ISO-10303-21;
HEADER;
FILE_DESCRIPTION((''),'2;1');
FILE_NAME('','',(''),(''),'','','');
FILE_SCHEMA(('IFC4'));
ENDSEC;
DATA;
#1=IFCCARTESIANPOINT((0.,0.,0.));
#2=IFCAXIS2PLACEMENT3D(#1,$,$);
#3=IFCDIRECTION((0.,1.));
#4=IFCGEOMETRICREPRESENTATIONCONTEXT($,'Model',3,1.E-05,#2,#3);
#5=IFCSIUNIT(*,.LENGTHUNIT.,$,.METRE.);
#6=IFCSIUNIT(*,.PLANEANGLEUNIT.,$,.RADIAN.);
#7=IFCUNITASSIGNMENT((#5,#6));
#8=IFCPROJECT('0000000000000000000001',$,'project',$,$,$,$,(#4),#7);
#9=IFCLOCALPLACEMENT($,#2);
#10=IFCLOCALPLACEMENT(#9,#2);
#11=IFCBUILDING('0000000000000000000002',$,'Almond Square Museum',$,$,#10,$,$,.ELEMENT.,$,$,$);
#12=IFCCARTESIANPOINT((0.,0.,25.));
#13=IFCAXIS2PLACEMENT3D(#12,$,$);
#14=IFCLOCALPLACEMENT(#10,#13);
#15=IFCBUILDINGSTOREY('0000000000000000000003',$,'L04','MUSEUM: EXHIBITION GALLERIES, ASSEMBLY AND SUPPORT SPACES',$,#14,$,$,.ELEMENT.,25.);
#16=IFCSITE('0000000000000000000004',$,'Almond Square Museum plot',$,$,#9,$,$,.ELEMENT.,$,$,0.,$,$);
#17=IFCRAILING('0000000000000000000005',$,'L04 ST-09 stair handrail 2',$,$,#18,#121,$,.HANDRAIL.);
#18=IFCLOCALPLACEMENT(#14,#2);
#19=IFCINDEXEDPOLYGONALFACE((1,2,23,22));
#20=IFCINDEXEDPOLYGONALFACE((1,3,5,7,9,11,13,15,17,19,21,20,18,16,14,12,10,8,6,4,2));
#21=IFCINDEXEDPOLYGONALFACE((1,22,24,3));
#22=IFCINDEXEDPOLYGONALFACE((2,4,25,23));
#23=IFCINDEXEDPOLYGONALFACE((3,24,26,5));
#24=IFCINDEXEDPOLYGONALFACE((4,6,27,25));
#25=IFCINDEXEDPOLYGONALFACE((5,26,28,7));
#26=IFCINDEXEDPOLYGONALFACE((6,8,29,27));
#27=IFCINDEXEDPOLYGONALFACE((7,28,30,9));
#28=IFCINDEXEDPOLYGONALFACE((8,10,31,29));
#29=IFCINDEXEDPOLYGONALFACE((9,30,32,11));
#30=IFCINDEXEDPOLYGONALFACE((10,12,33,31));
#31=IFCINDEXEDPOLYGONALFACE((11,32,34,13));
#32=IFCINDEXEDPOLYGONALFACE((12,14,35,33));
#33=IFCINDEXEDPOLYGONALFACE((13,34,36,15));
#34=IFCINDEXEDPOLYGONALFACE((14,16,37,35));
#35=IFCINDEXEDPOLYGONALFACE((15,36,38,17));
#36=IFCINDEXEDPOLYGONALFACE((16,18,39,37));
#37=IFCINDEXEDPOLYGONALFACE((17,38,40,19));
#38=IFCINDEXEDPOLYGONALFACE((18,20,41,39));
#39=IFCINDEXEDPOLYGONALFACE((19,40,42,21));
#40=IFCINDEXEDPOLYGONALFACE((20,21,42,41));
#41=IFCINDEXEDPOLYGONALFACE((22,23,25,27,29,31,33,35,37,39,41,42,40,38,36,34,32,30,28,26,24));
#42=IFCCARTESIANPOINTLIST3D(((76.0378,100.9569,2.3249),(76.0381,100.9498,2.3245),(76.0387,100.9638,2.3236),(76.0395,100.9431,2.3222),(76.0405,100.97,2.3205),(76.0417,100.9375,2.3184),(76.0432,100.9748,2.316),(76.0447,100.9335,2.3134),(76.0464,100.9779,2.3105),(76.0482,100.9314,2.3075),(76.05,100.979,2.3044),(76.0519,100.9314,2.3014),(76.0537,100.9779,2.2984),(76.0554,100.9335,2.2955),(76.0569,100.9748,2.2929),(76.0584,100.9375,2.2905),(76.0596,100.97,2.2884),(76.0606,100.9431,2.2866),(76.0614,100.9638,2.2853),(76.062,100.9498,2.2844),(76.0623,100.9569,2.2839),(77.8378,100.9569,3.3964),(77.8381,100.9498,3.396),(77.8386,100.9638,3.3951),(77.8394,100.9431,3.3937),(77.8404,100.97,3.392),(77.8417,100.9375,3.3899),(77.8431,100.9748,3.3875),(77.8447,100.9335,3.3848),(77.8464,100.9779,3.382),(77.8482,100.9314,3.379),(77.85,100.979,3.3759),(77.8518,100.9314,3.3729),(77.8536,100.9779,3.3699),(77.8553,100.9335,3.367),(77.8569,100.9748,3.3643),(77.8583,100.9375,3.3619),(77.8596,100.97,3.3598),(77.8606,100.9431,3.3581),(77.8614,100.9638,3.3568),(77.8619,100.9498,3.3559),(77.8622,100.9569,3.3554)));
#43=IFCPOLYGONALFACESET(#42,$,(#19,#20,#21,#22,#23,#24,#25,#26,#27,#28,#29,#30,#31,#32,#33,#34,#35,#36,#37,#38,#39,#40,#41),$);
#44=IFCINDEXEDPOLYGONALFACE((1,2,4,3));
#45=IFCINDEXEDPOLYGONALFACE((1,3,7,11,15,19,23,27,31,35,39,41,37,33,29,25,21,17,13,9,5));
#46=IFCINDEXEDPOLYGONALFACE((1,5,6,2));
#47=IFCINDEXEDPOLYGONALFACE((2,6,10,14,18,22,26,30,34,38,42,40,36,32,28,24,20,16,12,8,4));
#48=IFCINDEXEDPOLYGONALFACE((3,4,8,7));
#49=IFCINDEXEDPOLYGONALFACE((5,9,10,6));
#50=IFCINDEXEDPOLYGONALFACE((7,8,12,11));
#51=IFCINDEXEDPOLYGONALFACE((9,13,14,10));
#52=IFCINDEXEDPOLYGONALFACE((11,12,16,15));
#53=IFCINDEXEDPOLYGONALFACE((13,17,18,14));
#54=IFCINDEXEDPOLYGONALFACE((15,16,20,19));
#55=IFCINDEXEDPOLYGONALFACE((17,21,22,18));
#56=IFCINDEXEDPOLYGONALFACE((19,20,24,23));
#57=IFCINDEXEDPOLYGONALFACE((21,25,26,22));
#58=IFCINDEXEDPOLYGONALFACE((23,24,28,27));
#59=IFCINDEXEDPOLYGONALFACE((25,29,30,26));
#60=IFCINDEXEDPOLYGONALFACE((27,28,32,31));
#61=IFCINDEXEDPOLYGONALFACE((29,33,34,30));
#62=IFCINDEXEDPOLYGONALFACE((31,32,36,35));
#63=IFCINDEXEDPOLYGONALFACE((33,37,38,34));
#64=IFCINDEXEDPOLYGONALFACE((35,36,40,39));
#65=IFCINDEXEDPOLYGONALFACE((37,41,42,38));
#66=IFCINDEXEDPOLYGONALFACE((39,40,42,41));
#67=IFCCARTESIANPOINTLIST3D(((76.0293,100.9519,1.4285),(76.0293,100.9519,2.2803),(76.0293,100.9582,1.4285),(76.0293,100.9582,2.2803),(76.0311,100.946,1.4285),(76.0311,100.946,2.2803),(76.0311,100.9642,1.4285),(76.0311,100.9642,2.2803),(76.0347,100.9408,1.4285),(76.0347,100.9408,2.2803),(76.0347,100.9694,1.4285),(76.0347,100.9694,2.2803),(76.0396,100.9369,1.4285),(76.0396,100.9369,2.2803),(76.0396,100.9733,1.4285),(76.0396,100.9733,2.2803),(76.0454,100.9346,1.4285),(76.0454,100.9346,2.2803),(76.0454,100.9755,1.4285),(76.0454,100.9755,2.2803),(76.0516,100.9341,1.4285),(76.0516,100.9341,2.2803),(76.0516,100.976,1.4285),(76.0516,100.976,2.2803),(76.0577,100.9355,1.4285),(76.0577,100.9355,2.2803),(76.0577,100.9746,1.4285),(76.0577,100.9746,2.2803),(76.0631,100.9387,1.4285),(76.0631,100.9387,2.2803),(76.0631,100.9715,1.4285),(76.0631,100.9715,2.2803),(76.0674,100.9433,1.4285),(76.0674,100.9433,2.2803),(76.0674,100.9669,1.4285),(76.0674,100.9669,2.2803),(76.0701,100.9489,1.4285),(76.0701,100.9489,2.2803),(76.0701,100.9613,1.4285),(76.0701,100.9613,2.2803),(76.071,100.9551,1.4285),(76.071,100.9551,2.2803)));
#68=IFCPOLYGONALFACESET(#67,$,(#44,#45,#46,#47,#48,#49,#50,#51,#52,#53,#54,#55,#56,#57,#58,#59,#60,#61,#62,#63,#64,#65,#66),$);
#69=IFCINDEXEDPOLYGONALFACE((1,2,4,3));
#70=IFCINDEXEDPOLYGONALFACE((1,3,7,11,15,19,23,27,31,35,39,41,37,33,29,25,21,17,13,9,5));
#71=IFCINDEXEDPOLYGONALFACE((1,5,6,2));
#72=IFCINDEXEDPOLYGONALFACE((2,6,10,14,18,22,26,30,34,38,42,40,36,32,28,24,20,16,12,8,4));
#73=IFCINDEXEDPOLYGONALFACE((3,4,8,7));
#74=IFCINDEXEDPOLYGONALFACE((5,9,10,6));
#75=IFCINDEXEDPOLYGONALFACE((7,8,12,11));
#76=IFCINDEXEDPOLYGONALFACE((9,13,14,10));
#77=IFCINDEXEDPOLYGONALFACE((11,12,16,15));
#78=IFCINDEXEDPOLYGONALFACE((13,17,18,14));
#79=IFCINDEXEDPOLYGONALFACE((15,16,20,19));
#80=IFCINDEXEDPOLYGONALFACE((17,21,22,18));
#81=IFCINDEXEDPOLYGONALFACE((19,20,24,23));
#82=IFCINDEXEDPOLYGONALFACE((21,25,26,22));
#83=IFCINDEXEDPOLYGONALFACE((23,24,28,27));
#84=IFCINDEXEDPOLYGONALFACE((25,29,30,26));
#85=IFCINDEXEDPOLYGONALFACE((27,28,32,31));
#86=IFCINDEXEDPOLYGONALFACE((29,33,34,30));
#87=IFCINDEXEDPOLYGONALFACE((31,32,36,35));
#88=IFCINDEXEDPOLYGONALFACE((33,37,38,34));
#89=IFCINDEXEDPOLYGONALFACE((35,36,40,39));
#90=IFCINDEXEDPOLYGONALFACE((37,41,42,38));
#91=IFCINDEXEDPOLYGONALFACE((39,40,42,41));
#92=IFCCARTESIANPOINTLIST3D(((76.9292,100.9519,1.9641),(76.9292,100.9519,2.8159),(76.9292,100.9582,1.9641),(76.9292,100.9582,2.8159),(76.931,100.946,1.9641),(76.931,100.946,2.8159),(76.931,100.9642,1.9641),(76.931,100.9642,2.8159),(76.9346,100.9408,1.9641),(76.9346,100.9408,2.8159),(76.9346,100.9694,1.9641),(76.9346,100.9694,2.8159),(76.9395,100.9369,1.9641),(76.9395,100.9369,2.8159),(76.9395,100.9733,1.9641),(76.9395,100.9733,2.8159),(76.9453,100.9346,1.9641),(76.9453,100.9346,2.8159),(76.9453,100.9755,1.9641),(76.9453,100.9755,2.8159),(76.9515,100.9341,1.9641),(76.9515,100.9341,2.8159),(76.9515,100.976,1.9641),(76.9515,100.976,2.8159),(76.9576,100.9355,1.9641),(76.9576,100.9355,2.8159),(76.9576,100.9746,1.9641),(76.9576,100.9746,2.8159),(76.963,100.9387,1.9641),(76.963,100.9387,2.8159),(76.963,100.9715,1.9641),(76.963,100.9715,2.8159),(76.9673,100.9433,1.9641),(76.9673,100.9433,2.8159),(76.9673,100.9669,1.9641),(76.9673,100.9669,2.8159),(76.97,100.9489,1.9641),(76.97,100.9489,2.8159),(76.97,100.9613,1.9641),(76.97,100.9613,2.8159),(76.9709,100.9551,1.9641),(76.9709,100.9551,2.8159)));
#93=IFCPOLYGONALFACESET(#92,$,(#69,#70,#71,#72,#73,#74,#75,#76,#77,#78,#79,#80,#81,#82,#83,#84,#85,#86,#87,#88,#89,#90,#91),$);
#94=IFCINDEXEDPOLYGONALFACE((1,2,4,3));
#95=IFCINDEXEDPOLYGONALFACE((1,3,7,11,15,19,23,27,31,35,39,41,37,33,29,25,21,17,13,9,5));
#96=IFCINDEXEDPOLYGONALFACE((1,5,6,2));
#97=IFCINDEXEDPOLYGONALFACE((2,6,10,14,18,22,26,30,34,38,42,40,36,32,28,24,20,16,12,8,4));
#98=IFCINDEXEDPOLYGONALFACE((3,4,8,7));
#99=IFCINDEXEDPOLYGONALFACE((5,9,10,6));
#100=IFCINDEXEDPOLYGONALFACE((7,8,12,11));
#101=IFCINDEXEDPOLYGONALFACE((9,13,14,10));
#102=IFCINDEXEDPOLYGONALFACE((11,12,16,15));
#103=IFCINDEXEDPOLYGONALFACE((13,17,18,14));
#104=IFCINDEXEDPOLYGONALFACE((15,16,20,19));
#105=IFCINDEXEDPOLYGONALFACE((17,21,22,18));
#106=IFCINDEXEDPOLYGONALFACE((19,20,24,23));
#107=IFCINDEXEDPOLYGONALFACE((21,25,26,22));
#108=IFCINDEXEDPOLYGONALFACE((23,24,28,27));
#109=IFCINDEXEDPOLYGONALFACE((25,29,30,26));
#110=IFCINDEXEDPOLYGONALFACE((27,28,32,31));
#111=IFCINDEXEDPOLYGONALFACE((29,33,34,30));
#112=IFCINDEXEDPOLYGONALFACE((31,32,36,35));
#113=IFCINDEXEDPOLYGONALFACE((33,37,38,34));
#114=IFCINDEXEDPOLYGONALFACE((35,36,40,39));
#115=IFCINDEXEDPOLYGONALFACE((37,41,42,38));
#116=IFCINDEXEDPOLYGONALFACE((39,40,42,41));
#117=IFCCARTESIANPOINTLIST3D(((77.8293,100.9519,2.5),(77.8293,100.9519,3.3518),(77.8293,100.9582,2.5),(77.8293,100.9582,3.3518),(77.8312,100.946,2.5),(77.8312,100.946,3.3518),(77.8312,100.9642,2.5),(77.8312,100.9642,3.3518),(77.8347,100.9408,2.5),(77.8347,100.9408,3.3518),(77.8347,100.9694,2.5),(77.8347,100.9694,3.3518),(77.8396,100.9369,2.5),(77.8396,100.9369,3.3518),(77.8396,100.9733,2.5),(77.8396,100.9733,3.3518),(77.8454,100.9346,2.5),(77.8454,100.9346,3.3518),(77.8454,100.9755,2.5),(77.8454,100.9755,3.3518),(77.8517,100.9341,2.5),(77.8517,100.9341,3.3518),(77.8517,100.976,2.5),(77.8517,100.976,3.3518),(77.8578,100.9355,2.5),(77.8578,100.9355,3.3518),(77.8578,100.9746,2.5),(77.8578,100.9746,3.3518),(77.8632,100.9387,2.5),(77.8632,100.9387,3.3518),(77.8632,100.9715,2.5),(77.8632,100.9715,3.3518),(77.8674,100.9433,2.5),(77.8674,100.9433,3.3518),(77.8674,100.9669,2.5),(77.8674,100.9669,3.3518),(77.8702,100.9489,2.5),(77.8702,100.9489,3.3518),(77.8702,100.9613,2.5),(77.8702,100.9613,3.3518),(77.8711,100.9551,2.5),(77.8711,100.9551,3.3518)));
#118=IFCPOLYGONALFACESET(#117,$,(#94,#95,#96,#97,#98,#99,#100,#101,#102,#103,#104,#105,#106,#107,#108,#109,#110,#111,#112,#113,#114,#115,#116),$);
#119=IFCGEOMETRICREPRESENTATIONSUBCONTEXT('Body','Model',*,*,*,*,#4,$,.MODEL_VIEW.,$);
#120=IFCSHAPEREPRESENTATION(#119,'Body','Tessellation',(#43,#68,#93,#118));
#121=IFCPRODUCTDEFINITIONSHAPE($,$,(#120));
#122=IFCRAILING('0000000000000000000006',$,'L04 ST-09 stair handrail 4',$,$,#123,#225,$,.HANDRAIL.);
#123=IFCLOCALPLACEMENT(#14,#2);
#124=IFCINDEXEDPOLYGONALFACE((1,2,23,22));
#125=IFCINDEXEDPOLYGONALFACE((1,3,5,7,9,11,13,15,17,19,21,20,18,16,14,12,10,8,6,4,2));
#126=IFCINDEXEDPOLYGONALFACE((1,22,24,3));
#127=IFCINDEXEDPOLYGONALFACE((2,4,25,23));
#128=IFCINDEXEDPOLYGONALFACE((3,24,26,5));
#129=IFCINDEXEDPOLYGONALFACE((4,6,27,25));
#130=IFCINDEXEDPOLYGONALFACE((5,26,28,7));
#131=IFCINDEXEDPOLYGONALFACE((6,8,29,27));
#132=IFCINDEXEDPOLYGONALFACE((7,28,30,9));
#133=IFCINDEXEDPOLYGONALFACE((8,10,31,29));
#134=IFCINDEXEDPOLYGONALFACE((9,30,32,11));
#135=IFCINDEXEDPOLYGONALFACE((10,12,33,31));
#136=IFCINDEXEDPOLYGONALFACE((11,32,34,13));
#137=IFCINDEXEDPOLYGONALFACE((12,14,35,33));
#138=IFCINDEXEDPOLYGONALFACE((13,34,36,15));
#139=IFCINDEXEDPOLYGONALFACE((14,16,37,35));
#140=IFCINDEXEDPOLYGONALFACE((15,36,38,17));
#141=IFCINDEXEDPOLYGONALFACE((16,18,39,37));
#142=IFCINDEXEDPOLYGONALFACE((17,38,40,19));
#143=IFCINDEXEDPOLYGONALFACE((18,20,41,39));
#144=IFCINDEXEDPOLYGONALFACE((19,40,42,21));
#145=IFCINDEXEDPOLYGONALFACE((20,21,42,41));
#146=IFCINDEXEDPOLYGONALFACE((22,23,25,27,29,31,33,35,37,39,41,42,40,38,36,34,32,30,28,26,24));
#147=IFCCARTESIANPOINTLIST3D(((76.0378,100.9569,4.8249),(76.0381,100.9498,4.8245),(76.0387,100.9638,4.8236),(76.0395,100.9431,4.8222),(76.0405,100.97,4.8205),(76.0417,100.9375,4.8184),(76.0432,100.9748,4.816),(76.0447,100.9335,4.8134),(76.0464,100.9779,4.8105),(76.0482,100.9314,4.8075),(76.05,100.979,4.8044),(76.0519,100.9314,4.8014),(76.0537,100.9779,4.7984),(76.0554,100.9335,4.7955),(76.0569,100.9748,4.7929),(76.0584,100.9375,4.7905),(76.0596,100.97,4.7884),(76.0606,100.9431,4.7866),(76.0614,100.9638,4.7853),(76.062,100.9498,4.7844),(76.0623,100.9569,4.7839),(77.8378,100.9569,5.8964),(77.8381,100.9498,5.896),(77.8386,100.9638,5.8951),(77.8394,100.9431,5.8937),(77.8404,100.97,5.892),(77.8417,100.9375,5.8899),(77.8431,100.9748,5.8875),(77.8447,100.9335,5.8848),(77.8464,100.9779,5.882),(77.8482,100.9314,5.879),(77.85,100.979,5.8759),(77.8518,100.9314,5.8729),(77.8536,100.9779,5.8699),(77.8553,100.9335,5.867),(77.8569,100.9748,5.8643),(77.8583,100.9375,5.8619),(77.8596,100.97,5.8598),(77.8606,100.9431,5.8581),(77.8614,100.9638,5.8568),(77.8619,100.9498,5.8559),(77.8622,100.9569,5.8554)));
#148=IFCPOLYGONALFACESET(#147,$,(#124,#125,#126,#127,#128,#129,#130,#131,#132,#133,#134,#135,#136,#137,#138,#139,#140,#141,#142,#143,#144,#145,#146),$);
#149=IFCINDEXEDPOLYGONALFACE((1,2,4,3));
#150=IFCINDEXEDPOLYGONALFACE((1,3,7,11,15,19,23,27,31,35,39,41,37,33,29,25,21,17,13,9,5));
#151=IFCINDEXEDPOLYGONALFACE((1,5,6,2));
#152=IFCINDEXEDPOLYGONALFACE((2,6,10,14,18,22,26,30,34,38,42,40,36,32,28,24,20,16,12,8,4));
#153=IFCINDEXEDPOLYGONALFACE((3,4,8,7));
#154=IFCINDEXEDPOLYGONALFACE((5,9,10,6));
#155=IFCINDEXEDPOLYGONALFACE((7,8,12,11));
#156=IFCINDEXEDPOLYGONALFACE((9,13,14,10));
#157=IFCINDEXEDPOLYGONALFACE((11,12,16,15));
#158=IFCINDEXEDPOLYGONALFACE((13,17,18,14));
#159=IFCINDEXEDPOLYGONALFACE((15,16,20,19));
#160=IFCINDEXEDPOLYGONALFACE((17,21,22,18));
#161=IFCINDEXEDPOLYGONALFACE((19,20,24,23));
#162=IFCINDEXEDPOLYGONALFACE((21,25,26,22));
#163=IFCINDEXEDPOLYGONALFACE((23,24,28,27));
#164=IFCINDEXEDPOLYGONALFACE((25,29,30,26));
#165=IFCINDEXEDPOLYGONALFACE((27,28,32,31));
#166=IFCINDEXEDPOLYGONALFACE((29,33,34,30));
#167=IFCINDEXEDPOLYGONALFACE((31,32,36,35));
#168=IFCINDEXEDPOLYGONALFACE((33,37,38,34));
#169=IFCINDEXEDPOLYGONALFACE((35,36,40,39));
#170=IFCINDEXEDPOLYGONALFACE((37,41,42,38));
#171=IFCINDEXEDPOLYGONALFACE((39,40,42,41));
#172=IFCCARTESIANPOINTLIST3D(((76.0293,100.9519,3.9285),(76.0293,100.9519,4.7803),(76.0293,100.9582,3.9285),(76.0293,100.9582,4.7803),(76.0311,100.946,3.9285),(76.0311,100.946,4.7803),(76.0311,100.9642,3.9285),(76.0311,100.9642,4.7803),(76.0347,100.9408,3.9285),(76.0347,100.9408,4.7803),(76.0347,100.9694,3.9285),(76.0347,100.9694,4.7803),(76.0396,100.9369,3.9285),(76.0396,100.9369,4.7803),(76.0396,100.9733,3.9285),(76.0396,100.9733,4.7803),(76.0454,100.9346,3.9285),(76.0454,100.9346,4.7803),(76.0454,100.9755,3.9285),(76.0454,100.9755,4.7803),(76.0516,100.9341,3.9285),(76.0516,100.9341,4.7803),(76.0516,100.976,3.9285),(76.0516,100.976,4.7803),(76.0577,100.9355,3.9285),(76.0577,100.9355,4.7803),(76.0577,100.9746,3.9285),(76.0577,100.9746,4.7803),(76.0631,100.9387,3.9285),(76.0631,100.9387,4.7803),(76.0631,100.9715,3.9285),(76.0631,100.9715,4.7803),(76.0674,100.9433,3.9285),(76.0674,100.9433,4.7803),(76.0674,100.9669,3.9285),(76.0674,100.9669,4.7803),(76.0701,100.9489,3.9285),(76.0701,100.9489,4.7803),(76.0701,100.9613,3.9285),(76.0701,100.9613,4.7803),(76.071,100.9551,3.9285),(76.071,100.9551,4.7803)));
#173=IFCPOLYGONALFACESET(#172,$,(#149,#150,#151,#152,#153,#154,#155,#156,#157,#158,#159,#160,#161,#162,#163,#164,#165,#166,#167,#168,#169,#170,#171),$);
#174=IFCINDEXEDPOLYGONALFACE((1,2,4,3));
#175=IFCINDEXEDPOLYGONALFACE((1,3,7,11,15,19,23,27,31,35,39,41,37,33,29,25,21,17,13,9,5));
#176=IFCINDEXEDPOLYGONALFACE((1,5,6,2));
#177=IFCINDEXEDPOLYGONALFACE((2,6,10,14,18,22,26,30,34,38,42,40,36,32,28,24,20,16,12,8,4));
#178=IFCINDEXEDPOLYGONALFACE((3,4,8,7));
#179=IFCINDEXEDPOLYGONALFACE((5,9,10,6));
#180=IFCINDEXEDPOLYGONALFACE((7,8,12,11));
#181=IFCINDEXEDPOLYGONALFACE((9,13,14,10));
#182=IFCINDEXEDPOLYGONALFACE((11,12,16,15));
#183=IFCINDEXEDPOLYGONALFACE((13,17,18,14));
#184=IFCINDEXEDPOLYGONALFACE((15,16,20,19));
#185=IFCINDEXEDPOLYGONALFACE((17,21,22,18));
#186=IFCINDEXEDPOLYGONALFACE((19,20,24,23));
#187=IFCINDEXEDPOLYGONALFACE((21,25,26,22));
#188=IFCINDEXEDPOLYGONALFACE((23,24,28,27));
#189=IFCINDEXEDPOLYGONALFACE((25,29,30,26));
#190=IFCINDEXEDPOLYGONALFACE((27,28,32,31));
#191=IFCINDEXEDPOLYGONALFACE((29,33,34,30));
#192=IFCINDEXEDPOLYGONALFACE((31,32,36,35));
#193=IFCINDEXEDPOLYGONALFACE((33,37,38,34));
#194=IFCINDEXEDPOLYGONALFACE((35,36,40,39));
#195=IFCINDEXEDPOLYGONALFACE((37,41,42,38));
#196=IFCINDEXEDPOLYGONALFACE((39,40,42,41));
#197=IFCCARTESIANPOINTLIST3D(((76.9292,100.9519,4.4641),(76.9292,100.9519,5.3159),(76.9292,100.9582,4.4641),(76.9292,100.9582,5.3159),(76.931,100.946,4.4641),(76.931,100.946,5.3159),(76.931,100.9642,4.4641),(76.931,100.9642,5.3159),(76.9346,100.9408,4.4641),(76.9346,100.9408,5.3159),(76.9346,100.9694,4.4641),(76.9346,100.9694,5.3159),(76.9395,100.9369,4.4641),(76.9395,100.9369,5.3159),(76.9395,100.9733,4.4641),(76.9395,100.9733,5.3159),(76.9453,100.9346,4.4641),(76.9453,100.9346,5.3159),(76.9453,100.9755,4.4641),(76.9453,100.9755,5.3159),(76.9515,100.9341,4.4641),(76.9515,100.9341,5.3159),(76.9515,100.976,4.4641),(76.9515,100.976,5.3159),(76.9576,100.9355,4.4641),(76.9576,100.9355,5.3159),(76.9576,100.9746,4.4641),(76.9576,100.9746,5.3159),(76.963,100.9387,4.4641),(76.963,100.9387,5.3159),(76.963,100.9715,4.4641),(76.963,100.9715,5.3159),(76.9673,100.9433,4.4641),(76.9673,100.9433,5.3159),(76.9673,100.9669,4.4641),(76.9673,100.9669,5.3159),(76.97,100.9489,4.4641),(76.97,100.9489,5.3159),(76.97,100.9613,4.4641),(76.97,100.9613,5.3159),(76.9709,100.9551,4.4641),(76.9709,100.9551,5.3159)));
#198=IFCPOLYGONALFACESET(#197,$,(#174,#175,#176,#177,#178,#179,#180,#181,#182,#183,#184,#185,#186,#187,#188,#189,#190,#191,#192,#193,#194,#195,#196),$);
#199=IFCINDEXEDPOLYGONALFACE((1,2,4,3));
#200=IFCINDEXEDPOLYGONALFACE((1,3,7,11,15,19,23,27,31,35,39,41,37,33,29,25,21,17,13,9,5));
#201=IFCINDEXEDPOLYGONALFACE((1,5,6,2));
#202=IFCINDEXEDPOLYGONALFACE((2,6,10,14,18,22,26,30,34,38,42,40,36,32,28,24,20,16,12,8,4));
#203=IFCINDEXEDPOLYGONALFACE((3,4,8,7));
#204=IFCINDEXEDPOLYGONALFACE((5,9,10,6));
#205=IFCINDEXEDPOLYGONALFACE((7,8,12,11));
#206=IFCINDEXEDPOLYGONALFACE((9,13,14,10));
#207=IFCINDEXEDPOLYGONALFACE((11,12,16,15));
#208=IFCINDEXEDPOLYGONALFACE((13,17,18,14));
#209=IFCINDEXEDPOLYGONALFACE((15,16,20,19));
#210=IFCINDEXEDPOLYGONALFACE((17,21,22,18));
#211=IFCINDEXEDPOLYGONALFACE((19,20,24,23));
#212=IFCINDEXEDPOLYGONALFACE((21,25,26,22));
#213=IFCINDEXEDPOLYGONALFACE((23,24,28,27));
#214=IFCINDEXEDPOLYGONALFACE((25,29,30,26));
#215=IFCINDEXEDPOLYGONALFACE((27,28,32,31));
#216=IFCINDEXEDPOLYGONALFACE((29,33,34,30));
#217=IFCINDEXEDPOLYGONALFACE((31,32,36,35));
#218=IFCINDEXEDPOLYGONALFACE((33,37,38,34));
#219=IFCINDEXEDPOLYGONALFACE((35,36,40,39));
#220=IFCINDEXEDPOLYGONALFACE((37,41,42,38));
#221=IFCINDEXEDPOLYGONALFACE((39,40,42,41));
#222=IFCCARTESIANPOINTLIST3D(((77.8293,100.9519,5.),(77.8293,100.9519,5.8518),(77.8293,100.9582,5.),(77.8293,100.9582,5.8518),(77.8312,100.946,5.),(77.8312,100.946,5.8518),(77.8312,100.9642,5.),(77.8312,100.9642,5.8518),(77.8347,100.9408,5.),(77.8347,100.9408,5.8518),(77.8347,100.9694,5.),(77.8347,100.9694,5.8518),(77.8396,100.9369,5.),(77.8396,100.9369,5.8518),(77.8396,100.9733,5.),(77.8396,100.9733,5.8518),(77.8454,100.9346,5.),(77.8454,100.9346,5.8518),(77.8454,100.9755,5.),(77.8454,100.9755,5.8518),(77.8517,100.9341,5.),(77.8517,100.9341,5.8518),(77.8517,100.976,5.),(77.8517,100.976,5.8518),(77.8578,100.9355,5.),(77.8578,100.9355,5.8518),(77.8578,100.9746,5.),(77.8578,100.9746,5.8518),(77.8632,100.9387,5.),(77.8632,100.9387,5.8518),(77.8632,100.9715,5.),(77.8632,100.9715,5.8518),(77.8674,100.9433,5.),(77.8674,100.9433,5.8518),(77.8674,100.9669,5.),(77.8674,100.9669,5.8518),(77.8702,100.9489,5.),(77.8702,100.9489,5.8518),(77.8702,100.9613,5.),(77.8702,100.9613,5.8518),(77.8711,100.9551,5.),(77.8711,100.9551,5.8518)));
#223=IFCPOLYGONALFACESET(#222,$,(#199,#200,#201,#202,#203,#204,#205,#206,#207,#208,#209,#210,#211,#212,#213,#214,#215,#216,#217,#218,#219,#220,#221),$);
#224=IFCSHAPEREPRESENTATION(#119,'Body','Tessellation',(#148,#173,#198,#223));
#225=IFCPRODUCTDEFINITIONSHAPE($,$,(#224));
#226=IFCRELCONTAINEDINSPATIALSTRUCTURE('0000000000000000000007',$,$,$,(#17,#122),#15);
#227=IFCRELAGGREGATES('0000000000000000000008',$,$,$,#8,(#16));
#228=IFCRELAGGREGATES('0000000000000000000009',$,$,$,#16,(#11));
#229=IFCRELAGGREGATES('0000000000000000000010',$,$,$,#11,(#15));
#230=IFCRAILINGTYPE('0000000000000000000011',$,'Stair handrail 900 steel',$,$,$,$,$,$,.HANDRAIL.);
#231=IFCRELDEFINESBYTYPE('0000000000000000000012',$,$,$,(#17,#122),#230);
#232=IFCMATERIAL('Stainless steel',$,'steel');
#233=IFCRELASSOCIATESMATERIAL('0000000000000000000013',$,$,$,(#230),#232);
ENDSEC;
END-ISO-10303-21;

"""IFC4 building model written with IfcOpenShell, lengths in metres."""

from ifc_helpers import new_model, si_unit, direction, frame, origin, origin_2d, place, context, subcontext, project, spatial, circle, extrude, material, type_object, element, save


model = new_model("IFC4")

# Units and contexts
model_context = context("Model", 3, precision=1e-05, world=origin(), true_north=direction((0.0, 1.0)))
body_context = subcontext(model_context, "Body", "Model", "MODEL_VIEW")
ifc_project = project(units=[si_unit("LENGTHUNIT", "METRE"), si_unit("PLANEANGLEUNIT", "RADIAN")], contexts=[model_context])

# Site, building, storey
site_placement = place(None, origin())
site = spatial("IfcSite", under=ifc_project, at=site_placement, Name="Almond Square Museum plot", CompositionType="ELEMENT", RefElevation=0.0)
building_placement = place(site_placement, origin())
building = spatial("IfcBuilding", under=site, at=building_placement, Name="Almond Square Museum", CompositionType="ELEMENT")
storey_placement = place(building_placement, frame((0.0, 0.0, 25.0)))
storey = spatial("IfcBuildingStorey", under=building, at=storey_placement, Name="L04", Description="MUSEUM: EXHIBITION GALLERIES, ASSEMBLY AND SUPPORT SPACES", CompositionType="ELEMENT", Elevation=25.0)

# Railings
ifc_material_1 = material(Name="Stainless steel", Category="steel")
railing_type_1 = type_object("IfcRailingType", Name="Stair handrail 900 steel", PredefinedType="HANDRAIL", material=ifc_material_1)
for number, where, name in (
    (1, (76.05, 100.9551, 1.4285), "L04 ST-09 stair handrail 2"),
    (2, (76.05, 100.9551, 3.9285), "L04 ST-09 stair handrail 4"),
):
    element("IfcRailing", number, at=place(storey_placement, frame(where)), inside=storey, type_object=railing_type_1, Name=name, PredefinedType="HANDRAIL", context=body_context, shape_type="SweptSolid", body=[
        extrude(circle(Radius=0.0239, at=origin_2d()), frame((0.0, 0.0, 0.876), z_axis=(0.859277, 0.0, 0.51151), x_axis=(0.0, 1.0, 0.0)), (0.0, 0.0, 1.0), 2.0947),
        extrude(circle(Radius=0.021, at=origin_2d()), origin(), (0.0, 0.0, 1.0), 0.8518),
        extrude(circle(Radius=0.021, at=origin_2d()), frame((0.8999, 0.0, 0.5356)), (0.0, 0.0, 1.0), 0.8518),
        extrude(circle(Radius=0.021, at=origin_2d()), frame((1.8, 0.0, 1.0715)), (0.0, 0.0, 1.0), 0.8518),
    ])

save(model, "model.ifc")
